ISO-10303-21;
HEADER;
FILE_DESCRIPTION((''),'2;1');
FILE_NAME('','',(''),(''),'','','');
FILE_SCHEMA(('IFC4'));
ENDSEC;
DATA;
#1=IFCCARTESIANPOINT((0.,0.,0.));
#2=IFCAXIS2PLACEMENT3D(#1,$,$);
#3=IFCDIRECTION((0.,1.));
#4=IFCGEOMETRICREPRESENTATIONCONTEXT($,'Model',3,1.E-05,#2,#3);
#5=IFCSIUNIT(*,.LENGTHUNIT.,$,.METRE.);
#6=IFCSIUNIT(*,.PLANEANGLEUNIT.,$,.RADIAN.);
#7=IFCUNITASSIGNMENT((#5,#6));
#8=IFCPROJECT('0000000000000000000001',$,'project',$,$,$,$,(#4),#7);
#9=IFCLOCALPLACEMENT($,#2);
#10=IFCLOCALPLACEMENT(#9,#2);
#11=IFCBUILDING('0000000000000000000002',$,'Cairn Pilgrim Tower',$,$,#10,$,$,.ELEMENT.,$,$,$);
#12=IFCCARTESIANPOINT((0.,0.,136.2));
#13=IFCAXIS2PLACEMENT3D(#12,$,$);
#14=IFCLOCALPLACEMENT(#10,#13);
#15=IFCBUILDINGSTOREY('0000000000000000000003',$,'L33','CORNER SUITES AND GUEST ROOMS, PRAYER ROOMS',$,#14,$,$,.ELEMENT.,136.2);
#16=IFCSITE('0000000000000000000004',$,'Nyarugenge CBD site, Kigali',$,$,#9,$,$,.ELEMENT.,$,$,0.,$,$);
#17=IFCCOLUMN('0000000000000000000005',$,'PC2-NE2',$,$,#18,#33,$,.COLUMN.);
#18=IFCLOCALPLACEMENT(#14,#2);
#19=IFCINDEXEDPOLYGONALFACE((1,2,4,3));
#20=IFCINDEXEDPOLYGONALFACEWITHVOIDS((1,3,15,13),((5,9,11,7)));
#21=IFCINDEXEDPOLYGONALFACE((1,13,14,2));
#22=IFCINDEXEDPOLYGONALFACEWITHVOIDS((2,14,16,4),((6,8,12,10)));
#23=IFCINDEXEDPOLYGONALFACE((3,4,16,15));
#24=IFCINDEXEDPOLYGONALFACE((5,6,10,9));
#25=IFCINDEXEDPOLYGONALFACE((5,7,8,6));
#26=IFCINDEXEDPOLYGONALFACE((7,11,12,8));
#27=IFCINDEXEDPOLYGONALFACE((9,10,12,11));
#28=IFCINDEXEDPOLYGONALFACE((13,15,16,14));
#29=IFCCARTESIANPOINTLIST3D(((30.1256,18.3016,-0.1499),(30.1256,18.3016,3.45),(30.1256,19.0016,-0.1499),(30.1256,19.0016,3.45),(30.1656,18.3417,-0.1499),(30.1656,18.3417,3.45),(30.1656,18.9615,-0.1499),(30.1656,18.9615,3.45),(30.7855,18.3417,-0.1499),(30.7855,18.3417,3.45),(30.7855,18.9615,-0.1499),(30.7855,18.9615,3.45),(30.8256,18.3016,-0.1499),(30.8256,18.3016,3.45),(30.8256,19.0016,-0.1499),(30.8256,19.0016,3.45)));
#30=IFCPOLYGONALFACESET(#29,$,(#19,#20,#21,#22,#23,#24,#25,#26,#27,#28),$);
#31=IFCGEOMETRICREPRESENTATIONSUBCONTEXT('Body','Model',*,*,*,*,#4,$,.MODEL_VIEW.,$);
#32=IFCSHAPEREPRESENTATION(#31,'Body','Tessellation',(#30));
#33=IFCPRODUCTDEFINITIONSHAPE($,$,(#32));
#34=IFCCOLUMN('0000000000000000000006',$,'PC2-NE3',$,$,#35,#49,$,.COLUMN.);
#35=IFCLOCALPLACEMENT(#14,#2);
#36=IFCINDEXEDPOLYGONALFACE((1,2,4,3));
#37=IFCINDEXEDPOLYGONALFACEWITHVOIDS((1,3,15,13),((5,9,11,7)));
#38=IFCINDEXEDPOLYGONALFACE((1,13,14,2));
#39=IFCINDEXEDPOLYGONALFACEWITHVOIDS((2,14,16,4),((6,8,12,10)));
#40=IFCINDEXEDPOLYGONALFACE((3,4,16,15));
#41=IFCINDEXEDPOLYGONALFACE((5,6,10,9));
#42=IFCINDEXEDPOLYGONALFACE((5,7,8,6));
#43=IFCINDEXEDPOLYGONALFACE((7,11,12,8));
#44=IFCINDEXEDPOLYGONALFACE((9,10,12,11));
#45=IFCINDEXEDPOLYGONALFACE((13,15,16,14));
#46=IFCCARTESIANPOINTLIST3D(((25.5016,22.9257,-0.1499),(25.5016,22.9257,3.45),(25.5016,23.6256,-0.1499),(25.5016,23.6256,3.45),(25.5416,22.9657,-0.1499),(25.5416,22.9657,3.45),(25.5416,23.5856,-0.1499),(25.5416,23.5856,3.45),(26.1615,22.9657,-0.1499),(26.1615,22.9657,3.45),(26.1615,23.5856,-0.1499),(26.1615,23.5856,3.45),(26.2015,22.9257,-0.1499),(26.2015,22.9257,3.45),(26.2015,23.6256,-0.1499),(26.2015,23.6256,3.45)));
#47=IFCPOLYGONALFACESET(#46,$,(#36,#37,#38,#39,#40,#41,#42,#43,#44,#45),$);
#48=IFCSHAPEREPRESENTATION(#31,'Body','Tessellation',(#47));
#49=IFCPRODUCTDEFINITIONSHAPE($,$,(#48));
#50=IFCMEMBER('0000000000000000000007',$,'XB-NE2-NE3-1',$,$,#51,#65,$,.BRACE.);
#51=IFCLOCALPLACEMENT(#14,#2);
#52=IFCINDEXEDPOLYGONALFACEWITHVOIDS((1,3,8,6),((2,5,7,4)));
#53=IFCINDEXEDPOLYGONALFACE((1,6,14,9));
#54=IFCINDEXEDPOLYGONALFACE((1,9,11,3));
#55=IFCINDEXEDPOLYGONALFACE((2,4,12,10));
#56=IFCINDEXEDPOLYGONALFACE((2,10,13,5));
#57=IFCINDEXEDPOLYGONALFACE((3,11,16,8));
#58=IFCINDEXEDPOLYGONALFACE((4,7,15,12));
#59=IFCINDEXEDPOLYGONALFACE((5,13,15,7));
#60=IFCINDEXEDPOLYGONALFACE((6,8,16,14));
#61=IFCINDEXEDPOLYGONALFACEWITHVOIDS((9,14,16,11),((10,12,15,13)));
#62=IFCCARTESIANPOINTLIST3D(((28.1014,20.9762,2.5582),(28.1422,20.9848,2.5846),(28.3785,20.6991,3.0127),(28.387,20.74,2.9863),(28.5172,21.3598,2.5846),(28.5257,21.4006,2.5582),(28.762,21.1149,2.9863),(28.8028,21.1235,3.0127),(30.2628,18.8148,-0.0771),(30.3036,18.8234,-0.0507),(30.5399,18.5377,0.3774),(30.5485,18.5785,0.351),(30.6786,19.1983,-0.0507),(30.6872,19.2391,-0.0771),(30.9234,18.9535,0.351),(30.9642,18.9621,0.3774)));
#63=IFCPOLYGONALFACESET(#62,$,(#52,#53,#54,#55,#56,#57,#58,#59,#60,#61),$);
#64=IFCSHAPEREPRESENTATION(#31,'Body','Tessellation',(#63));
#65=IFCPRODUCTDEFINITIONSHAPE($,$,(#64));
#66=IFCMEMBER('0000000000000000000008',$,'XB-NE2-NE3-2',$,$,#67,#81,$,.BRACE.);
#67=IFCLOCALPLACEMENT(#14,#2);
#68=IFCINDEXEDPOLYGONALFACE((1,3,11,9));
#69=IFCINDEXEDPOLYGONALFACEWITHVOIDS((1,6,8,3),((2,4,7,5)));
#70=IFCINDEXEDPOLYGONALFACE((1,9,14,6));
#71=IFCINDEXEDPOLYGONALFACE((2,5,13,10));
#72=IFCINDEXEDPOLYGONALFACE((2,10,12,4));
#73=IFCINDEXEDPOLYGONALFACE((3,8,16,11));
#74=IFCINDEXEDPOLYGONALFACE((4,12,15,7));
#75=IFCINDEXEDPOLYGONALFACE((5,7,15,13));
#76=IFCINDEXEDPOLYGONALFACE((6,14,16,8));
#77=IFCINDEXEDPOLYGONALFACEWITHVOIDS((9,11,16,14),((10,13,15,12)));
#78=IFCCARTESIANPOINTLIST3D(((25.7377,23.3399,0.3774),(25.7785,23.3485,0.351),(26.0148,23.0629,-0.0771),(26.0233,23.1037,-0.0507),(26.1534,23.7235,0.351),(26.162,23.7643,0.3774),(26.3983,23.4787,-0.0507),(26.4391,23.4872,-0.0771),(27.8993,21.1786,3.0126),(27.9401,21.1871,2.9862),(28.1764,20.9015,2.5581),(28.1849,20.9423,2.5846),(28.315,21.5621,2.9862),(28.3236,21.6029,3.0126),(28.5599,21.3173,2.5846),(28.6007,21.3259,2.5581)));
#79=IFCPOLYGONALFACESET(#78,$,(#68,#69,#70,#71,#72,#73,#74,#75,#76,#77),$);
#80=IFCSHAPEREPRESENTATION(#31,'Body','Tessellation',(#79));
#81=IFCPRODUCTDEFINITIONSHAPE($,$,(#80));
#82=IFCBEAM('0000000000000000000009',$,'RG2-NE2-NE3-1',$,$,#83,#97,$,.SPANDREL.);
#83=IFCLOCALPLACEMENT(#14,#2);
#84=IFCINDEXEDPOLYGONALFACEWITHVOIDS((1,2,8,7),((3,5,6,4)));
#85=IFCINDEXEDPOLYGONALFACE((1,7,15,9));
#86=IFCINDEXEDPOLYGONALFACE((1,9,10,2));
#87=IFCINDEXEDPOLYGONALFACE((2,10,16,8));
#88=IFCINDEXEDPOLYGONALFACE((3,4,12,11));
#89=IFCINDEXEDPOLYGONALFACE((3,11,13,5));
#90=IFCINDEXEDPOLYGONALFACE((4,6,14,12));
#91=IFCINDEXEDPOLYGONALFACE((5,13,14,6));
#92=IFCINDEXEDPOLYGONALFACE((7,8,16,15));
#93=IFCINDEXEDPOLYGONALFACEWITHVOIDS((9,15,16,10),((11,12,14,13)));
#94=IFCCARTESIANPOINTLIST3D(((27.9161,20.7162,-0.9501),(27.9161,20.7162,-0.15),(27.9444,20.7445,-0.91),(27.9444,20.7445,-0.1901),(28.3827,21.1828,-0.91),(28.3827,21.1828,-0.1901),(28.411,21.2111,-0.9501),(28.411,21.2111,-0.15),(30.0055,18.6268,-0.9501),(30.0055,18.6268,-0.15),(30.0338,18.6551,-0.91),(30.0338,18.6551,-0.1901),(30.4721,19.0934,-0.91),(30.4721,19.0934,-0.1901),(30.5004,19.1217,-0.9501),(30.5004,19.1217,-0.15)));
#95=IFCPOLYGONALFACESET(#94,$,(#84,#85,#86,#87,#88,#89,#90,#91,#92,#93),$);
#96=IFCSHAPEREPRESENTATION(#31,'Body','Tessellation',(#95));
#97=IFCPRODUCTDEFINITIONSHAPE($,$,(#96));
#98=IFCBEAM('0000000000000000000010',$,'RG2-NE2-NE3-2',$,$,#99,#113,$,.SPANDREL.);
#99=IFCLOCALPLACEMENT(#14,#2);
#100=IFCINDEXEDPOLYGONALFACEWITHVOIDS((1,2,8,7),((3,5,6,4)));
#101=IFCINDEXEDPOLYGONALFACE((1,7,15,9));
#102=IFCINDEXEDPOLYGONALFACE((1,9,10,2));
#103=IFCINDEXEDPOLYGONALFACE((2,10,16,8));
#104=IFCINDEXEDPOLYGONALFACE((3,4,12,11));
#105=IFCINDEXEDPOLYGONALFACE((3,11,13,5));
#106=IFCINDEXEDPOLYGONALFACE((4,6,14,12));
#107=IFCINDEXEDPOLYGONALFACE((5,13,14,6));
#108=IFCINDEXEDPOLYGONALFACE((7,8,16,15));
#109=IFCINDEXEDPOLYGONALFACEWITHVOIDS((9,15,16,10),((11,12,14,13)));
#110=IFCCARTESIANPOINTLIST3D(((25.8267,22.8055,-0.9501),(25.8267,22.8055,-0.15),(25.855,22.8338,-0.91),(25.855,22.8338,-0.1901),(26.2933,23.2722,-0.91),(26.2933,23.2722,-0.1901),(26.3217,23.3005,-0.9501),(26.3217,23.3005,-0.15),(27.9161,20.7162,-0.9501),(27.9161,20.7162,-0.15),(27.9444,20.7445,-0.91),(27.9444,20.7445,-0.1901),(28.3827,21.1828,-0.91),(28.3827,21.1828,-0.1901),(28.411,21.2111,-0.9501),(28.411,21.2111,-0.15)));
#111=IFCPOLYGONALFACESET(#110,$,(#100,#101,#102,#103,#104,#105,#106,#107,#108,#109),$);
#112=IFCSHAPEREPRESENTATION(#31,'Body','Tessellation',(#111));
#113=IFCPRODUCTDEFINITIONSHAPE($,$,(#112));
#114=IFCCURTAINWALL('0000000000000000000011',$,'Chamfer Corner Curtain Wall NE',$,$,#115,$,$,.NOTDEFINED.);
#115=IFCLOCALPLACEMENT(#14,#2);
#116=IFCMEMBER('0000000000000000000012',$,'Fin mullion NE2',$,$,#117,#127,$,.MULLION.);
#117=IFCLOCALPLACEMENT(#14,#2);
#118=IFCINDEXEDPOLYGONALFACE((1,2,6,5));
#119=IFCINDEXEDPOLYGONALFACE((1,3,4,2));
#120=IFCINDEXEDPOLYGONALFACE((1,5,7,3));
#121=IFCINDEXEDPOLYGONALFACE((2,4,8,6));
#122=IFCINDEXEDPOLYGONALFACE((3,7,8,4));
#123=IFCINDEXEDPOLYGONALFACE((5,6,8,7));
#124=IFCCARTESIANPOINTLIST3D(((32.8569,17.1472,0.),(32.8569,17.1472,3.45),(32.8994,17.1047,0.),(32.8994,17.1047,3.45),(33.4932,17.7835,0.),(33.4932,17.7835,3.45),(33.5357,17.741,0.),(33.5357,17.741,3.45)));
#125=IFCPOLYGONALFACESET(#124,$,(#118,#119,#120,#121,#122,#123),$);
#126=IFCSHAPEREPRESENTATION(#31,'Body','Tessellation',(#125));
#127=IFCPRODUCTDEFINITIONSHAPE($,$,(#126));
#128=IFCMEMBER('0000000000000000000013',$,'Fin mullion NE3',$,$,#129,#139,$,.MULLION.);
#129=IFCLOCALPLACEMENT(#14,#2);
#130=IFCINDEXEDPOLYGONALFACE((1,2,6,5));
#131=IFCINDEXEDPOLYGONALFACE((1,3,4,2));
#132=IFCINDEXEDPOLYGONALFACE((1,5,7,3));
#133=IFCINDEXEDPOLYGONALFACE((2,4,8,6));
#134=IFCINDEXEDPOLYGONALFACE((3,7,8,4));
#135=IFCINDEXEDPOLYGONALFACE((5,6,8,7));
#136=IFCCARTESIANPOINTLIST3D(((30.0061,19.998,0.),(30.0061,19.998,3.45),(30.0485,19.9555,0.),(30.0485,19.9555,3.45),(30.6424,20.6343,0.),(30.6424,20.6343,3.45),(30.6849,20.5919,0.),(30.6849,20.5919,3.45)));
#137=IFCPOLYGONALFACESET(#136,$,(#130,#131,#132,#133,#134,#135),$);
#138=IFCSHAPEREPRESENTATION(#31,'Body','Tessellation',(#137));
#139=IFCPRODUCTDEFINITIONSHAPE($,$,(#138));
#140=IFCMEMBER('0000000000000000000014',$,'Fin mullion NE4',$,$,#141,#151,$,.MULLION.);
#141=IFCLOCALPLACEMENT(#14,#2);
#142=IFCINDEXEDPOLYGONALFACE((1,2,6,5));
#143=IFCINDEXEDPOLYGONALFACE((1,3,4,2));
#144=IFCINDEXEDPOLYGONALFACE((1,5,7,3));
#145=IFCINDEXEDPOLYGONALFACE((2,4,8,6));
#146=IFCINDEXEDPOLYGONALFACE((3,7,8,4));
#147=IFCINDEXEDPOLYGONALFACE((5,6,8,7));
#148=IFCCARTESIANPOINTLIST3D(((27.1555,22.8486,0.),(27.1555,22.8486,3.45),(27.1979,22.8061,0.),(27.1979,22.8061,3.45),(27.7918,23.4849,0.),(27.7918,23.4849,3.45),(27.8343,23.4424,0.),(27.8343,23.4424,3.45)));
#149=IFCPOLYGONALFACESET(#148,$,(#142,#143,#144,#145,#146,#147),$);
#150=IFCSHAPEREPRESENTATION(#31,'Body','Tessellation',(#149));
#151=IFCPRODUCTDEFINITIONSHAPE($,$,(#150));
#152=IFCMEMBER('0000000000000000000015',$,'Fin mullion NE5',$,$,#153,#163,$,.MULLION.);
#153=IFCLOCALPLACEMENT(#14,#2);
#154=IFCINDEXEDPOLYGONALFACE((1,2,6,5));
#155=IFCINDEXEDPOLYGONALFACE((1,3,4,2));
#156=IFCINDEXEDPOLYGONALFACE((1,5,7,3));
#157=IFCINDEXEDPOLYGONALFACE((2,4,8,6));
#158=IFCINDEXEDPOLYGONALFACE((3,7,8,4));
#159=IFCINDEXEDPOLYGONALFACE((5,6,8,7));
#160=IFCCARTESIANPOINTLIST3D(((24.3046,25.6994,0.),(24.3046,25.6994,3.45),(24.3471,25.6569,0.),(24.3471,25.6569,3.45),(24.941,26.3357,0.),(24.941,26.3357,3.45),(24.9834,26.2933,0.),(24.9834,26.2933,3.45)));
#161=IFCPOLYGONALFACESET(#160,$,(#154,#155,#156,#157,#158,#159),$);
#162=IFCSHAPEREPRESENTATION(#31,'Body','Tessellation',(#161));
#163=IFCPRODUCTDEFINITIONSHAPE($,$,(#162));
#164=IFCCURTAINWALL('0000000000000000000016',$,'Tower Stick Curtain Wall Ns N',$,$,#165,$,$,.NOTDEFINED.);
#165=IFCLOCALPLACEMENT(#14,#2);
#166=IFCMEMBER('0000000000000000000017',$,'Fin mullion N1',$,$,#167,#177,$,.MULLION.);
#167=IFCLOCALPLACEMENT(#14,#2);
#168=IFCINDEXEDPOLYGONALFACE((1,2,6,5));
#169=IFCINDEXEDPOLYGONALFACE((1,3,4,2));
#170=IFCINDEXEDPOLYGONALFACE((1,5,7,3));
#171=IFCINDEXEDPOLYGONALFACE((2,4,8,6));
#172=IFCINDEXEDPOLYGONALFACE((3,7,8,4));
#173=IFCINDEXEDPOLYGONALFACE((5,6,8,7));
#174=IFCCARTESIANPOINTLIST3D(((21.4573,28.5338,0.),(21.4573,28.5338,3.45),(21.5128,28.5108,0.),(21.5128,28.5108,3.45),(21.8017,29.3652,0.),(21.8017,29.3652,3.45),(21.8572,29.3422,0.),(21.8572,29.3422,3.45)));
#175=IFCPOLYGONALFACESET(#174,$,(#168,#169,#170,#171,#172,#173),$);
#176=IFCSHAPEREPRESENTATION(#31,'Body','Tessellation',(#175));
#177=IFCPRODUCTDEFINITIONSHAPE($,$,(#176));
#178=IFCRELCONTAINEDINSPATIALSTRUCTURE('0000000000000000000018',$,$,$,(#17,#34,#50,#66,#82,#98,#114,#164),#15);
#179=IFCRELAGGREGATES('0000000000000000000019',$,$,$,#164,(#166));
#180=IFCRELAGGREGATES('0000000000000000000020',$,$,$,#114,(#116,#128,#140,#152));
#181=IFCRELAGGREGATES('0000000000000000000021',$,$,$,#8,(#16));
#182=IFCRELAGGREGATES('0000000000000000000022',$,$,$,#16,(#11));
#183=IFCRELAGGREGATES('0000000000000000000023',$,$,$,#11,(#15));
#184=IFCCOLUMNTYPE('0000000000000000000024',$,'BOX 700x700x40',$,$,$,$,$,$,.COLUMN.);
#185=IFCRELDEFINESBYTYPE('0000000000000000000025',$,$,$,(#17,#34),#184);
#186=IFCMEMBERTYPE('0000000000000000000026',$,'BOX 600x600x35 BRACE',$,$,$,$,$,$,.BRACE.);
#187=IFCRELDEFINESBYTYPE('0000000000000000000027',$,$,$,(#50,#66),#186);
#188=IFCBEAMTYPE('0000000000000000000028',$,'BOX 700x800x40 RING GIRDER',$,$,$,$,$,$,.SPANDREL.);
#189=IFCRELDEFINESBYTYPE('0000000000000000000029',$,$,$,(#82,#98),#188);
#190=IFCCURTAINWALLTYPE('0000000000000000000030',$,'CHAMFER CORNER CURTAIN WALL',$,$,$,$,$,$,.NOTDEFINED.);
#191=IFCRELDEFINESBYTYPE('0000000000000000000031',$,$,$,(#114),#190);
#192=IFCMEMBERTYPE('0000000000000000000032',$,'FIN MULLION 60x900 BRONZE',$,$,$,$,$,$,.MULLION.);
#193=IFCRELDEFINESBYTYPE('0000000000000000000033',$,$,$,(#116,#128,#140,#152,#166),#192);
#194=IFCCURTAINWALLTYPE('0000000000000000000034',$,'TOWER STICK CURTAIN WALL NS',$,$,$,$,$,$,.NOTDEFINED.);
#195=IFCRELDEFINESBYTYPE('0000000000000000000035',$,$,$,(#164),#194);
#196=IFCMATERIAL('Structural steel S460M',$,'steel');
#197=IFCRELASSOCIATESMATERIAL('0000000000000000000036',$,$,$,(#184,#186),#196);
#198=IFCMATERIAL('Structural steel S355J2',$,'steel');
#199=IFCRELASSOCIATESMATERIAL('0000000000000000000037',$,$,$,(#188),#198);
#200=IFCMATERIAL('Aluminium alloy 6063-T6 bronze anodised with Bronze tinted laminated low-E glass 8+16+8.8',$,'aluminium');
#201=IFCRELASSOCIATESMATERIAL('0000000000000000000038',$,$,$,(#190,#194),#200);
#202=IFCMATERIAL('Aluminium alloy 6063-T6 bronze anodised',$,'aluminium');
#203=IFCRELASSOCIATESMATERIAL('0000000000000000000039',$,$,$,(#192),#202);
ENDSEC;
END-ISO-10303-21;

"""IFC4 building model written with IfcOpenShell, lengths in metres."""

from ifc_helpers import new_model, si_unit, direction, frame, origin, origin_2d, place, context, subcontext, project, spatial, rectangle, hollow_rectangle, extrude, material, material_profile, profile_set, type_object, element, aggregate, save


model = new_model("IFC4")

# Units and contexts
model_context = context("Model", 3, precision=1e-05, world=origin(), true_north=direction((0.0, 1.0)))
body_context = subcontext(model_context, "Body", "Model", "MODEL_VIEW")
ifc_project = project(units=[si_unit("LENGTHUNIT", "METRE"), si_unit("PLANEANGLEUNIT", "RADIAN")], contexts=[model_context])

# Site, building, storey
site_placement = place(None, origin())
site = spatial("IfcSite", under=ifc_project, at=site_placement, Name="Nyarugenge CBD site, Kigali", CompositionType="ELEMENT", RefElevation=0.0)
building_placement = place(site_placement, origin())
building = spatial("IfcBuilding", under=site, at=building_placement, Name="Cairn Pilgrim Tower", CompositionType="ELEMENT")
storey_placement = place(building_placement, frame((0.0, 0.0, 136.2)))
storey = spatial("IfcBuildingStorey", under=building, at=storey_placement, Name="L33", Description="CORNER SUITES AND GUEST ROOMS, PRAYER ROOMS", CompositionType="ELEMENT", Elevation=136.2)

# Columns
ifc_material_1 = material(Name="Structural steel S460M", Category="steel")
ifc_material_profile_1 = material_profile(ifc_material_1, hollow_rectangle(XDim=0.7, YDim=0.7, WallThickness=0.04, at=origin_2d()), Name="BOX 700x700x40")
ifc_profile_set_1 = profile_set([ifc_material_profile_1], Name="Structural steel S460M")
column_type = type_object("IfcColumnType", Name="BOX 700x700x40", PredefinedType="COLUMN", material=ifc_profile_set_1)
for number, where, z_axis, x_axis, name in (
    (1, (30.4756, 18.6516, -0.1499), (0.0, 0.0, 1.0), (1.0, 0.0, 0.0), "PC2-NE2"),
    (2, (25.8516, 23.2756, -0.1499), (0.0, 0.0, 1.0), (1.0, 0.0, 0.0), "PC2-NE3"),
):
    element("IfcColumn", number, at=place(storey_placement, frame(where, z_axis=z_axis, x_axis=x_axis)), inside=storey, type_object=column_type, Name=name, PredefinedType="COLUMN", context=body_context, shape_type="SweptSolid", body=[
        extrude(hollow_rectangle(XDim=0.7, YDim=0.7, WallThickness=0.04, at=origin_2d()), origin(), (0.0, 0.0, 1.0), 3.5999),
    ])

# Members
ifc_material_profile_2 = material_profile(ifc_material_1, hollow_rectangle(XDim=0.6001, YDim=0.6001, WallThickness=0.0349, at=origin_2d()), Name="BOX 600x600x35")
ifc_profile_set_2 = profile_set([ifc_material_profile_2], Name="Structural steel S460M")
member_type_1 = type_object("IfcMemberType", Name="BOX 600x600x35 BRACE", PredefinedType="BRACE", material=ifc_profile_set_2)
for number, where, z_axis, x_axis, name in (
    (3, (30.6135, 18.8884, 0.1501), (-0.535551, 0.535551, 0.65297), (-0.707107, -0.707107, 0.0), "XB-NE2-NE3-1"),
    (4, (26.0884, 23.4136, 0.1501), (0.535594, -0.535534, 0.652949), (0.707067, 0.707147, 0.0), "XB-NE2-NE3-2"),
):
    element("IfcMember", number, at=place(storey_placement, frame(where, z_axis=z_axis, x_axis=x_axis)), inside=storey, type_object=member_type_1, Name=name, PredefinedType="BRACE", context=body_context, shape_type="SweptSolid", body=[
        extrude(hollow_rectangle(XDim=0.6001, YDim=0.6001, WallThickness=0.0349, at=origin_2d()), origin(), (0.0, 0.0, 1.0), 4.0359),
    ])

# Beams
ifc_material_2 = material(Name="Structural steel S355J2", Category="steel")
ifc_material_profile_3 = material_profile(ifc_material_2, hollow_rectangle(XDim=0.7, YDim=0.8, WallThickness=0.04, at=origin_2d()), Name="BOX 700x800x40")
ifc_profile_set_3 = profile_set([ifc_material_profile_3], Name="Structural steel S355J2")
beam_type_1 = type_object("IfcBeamType", Name="BOX 700x800x40 RING GIRDER", PredefinedType="SPANDREL", material=ifc_profile_set_3)
for number, where, z_axis, x_axis, name in (
    (5, (30.2529, 18.8743, -0.55), (-0.707107, 0.707107, 0.0), (-0.707107, -0.707107, 0.0), "RG2-NE2-NE3-1"),
    (6, (28.1636, 20.9636, -0.55), (-0.707107, 0.707107, 0.0), (-0.707107, -0.707107, 0.0), "RG2-NE2-NE3-2"),
):
    element("IfcBeam", number, at=place(storey_placement, frame(where, z_axis=z_axis, x_axis=x_axis)), inside=storey, type_object=beam_type_1, Name=name, PredefinedType="SPANDREL", context=body_context, shape_type="SweptSolid", body=[
        extrude(hollow_rectangle(XDim=0.7, YDim=0.8, WallThickness=0.04, at=origin_2d()), origin(), (0.0, 0.0, 1.0), 2.9548),
    ])

# Curtain wall, members
ifc_material_3 = material(Name="Aluminium alloy 6063-T6 bronze anodised with Bronze tinted laminated low-E glass 8+16+8.8", Category="aluminium")
curtain_wall_type_1 = type_object("IfcCurtainWallType", Name="CHAMFER CORNER CURTAIN WALL", PredefinedType="NOTDEFINED", material=ifc_material_3)
curtain_wall_1_placement = place(storey_placement, origin())
curtain_wall_1 = element("IfcCurtainWall", 7, at=curtain_wall_1_placement, inside=storey, type_object=curtain_wall_type_1, Name="Chamfer Corner Curtain Wall NE", PredefinedType="NOTDEFINED")
ifc_material_4 = material(Name="Aluminium alloy 6063-T6 bronze anodised", Category="aluminium")
ifc_material_profile_4 = material_profile(ifc_material_4, rectangle(XDim=0.8999, YDim=0.0601, at=origin_2d()), Name="FIN MULLION 60x900 BRONZE")
ifc_profile_set_4 = profile_set([ifc_material_profile_4], Name="Aluminium alloy 6063-T6 bronze anodised")
member_type_2 = type_object("IfcMemberType", Name="FIN MULLION 60x900 BRONZE", PredefinedType="MULLION", material=ifc_profile_set_4)
member_1_placement = place(storey_placement, frame((33.1963, 17.4441, 0.0), z_axis=(0.0, 0.0, 1.0), x_axis=(0.707107, 0.707107, 0.0)))
member_1 = element("IfcMember", 8, at=member_1_placement, type_object=member_type_2, Name="Fin mullion NE2", PredefinedType="MULLION", context=body_context, shape_type="SweptSolid", body=[
    extrude(rectangle(XDim=0.8999, YDim=0.0601, at=origin_2d()), origin(), (0.0, 0.0, 1.0), 3.45),
])
member_2_placement = place(storey_placement, frame((30.3455, 20.2949, 0.0), z_axis=(0.0, 0.0, 1.0), x_axis=(0.707107, 0.707107, 0.0)))
member_2 = element("IfcMember", 9, at=member_2_placement, type_object=member_type_2, Name="Fin mullion NE3", PredefinedType="MULLION", context=body_context, shape_type="SweptSolid", body=[
    extrude(rectangle(XDim=0.8999, YDim=0.0601, at=origin_2d()), origin(), (0.0, 0.0, 1.0), 3.45),
])
member_3_placement = place(storey_placement, frame((27.4949, 23.1455, 0.0), z_axis=(0.0, 0.0, 1.0), x_axis=(0.707107, 0.707107, 0.0)))
member_3 = element("IfcMember", 10, at=member_3_placement, type_object=member_type_2, Name="Fin mullion NE4", PredefinedType="MULLION", context=body_context, shape_type="SweptSolid", body=[
    extrude(rectangle(XDim=0.8999, YDim=0.0601, at=origin_2d()), origin(), (0.0, 0.0, 1.0), 3.45),
])
member_4_placement = place(storey_placement, frame((24.644, 25.9963, 0.0), z_axis=(0.0, 0.0, 1.0), x_axis=(0.707107, 0.707107, 0.0)))
member_4 = element("IfcMember", 11, at=member_4_placement, type_object=member_type_2, Name="Fin mullion NE5", PredefinedType="MULLION", context=body_context, shape_type="SweptSolid", body=[
    extrude(rectangle(XDim=0.8999, YDim=0.0601, at=origin_2d()), origin(), (0.0, 0.0, 1.0), 3.45),
])

# Curtain wall, member
curtain_wall_type_2 = type_object("IfcCurtainWallType", Name="TOWER STICK CURTAIN WALL NS", PredefinedType="NOTDEFINED", material=ifc_material_3)
curtain_wall_2_placement = place(storey_placement, origin())
curtain_wall_2 = element("IfcCurtainWall", 12, at=curtain_wall_2_placement, inside=storey, type_object=curtain_wall_type_2, Name="Tower Stick Curtain Wall Ns N", PredefinedType="NOTDEFINED")
member_5_placement = place(storey_placement, frame((21.6572, 28.938, 0.0), z_axis=(0.0, 0.0, 1.0), x_axis=(0.382683, 0.92388, 0.0)))
member_5 = element("IfcMember", 13, at=member_5_placement, type_object=member_type_2, Name="Fin mullion N1", PredefinedType="MULLION", context=body_context, shape_type="SweptSolid", body=[
    extrude(rectangle(XDim=0.8999, YDim=0.0601, at=origin_2d()), origin(), (0.0, 0.0, 1.0), 3.45),
])
aggregate(curtain_wall_2, [member_5])

aggregate(curtain_wall_1, [member_1, member_2, member_3, member_4])

save(model, "model.ifc")
